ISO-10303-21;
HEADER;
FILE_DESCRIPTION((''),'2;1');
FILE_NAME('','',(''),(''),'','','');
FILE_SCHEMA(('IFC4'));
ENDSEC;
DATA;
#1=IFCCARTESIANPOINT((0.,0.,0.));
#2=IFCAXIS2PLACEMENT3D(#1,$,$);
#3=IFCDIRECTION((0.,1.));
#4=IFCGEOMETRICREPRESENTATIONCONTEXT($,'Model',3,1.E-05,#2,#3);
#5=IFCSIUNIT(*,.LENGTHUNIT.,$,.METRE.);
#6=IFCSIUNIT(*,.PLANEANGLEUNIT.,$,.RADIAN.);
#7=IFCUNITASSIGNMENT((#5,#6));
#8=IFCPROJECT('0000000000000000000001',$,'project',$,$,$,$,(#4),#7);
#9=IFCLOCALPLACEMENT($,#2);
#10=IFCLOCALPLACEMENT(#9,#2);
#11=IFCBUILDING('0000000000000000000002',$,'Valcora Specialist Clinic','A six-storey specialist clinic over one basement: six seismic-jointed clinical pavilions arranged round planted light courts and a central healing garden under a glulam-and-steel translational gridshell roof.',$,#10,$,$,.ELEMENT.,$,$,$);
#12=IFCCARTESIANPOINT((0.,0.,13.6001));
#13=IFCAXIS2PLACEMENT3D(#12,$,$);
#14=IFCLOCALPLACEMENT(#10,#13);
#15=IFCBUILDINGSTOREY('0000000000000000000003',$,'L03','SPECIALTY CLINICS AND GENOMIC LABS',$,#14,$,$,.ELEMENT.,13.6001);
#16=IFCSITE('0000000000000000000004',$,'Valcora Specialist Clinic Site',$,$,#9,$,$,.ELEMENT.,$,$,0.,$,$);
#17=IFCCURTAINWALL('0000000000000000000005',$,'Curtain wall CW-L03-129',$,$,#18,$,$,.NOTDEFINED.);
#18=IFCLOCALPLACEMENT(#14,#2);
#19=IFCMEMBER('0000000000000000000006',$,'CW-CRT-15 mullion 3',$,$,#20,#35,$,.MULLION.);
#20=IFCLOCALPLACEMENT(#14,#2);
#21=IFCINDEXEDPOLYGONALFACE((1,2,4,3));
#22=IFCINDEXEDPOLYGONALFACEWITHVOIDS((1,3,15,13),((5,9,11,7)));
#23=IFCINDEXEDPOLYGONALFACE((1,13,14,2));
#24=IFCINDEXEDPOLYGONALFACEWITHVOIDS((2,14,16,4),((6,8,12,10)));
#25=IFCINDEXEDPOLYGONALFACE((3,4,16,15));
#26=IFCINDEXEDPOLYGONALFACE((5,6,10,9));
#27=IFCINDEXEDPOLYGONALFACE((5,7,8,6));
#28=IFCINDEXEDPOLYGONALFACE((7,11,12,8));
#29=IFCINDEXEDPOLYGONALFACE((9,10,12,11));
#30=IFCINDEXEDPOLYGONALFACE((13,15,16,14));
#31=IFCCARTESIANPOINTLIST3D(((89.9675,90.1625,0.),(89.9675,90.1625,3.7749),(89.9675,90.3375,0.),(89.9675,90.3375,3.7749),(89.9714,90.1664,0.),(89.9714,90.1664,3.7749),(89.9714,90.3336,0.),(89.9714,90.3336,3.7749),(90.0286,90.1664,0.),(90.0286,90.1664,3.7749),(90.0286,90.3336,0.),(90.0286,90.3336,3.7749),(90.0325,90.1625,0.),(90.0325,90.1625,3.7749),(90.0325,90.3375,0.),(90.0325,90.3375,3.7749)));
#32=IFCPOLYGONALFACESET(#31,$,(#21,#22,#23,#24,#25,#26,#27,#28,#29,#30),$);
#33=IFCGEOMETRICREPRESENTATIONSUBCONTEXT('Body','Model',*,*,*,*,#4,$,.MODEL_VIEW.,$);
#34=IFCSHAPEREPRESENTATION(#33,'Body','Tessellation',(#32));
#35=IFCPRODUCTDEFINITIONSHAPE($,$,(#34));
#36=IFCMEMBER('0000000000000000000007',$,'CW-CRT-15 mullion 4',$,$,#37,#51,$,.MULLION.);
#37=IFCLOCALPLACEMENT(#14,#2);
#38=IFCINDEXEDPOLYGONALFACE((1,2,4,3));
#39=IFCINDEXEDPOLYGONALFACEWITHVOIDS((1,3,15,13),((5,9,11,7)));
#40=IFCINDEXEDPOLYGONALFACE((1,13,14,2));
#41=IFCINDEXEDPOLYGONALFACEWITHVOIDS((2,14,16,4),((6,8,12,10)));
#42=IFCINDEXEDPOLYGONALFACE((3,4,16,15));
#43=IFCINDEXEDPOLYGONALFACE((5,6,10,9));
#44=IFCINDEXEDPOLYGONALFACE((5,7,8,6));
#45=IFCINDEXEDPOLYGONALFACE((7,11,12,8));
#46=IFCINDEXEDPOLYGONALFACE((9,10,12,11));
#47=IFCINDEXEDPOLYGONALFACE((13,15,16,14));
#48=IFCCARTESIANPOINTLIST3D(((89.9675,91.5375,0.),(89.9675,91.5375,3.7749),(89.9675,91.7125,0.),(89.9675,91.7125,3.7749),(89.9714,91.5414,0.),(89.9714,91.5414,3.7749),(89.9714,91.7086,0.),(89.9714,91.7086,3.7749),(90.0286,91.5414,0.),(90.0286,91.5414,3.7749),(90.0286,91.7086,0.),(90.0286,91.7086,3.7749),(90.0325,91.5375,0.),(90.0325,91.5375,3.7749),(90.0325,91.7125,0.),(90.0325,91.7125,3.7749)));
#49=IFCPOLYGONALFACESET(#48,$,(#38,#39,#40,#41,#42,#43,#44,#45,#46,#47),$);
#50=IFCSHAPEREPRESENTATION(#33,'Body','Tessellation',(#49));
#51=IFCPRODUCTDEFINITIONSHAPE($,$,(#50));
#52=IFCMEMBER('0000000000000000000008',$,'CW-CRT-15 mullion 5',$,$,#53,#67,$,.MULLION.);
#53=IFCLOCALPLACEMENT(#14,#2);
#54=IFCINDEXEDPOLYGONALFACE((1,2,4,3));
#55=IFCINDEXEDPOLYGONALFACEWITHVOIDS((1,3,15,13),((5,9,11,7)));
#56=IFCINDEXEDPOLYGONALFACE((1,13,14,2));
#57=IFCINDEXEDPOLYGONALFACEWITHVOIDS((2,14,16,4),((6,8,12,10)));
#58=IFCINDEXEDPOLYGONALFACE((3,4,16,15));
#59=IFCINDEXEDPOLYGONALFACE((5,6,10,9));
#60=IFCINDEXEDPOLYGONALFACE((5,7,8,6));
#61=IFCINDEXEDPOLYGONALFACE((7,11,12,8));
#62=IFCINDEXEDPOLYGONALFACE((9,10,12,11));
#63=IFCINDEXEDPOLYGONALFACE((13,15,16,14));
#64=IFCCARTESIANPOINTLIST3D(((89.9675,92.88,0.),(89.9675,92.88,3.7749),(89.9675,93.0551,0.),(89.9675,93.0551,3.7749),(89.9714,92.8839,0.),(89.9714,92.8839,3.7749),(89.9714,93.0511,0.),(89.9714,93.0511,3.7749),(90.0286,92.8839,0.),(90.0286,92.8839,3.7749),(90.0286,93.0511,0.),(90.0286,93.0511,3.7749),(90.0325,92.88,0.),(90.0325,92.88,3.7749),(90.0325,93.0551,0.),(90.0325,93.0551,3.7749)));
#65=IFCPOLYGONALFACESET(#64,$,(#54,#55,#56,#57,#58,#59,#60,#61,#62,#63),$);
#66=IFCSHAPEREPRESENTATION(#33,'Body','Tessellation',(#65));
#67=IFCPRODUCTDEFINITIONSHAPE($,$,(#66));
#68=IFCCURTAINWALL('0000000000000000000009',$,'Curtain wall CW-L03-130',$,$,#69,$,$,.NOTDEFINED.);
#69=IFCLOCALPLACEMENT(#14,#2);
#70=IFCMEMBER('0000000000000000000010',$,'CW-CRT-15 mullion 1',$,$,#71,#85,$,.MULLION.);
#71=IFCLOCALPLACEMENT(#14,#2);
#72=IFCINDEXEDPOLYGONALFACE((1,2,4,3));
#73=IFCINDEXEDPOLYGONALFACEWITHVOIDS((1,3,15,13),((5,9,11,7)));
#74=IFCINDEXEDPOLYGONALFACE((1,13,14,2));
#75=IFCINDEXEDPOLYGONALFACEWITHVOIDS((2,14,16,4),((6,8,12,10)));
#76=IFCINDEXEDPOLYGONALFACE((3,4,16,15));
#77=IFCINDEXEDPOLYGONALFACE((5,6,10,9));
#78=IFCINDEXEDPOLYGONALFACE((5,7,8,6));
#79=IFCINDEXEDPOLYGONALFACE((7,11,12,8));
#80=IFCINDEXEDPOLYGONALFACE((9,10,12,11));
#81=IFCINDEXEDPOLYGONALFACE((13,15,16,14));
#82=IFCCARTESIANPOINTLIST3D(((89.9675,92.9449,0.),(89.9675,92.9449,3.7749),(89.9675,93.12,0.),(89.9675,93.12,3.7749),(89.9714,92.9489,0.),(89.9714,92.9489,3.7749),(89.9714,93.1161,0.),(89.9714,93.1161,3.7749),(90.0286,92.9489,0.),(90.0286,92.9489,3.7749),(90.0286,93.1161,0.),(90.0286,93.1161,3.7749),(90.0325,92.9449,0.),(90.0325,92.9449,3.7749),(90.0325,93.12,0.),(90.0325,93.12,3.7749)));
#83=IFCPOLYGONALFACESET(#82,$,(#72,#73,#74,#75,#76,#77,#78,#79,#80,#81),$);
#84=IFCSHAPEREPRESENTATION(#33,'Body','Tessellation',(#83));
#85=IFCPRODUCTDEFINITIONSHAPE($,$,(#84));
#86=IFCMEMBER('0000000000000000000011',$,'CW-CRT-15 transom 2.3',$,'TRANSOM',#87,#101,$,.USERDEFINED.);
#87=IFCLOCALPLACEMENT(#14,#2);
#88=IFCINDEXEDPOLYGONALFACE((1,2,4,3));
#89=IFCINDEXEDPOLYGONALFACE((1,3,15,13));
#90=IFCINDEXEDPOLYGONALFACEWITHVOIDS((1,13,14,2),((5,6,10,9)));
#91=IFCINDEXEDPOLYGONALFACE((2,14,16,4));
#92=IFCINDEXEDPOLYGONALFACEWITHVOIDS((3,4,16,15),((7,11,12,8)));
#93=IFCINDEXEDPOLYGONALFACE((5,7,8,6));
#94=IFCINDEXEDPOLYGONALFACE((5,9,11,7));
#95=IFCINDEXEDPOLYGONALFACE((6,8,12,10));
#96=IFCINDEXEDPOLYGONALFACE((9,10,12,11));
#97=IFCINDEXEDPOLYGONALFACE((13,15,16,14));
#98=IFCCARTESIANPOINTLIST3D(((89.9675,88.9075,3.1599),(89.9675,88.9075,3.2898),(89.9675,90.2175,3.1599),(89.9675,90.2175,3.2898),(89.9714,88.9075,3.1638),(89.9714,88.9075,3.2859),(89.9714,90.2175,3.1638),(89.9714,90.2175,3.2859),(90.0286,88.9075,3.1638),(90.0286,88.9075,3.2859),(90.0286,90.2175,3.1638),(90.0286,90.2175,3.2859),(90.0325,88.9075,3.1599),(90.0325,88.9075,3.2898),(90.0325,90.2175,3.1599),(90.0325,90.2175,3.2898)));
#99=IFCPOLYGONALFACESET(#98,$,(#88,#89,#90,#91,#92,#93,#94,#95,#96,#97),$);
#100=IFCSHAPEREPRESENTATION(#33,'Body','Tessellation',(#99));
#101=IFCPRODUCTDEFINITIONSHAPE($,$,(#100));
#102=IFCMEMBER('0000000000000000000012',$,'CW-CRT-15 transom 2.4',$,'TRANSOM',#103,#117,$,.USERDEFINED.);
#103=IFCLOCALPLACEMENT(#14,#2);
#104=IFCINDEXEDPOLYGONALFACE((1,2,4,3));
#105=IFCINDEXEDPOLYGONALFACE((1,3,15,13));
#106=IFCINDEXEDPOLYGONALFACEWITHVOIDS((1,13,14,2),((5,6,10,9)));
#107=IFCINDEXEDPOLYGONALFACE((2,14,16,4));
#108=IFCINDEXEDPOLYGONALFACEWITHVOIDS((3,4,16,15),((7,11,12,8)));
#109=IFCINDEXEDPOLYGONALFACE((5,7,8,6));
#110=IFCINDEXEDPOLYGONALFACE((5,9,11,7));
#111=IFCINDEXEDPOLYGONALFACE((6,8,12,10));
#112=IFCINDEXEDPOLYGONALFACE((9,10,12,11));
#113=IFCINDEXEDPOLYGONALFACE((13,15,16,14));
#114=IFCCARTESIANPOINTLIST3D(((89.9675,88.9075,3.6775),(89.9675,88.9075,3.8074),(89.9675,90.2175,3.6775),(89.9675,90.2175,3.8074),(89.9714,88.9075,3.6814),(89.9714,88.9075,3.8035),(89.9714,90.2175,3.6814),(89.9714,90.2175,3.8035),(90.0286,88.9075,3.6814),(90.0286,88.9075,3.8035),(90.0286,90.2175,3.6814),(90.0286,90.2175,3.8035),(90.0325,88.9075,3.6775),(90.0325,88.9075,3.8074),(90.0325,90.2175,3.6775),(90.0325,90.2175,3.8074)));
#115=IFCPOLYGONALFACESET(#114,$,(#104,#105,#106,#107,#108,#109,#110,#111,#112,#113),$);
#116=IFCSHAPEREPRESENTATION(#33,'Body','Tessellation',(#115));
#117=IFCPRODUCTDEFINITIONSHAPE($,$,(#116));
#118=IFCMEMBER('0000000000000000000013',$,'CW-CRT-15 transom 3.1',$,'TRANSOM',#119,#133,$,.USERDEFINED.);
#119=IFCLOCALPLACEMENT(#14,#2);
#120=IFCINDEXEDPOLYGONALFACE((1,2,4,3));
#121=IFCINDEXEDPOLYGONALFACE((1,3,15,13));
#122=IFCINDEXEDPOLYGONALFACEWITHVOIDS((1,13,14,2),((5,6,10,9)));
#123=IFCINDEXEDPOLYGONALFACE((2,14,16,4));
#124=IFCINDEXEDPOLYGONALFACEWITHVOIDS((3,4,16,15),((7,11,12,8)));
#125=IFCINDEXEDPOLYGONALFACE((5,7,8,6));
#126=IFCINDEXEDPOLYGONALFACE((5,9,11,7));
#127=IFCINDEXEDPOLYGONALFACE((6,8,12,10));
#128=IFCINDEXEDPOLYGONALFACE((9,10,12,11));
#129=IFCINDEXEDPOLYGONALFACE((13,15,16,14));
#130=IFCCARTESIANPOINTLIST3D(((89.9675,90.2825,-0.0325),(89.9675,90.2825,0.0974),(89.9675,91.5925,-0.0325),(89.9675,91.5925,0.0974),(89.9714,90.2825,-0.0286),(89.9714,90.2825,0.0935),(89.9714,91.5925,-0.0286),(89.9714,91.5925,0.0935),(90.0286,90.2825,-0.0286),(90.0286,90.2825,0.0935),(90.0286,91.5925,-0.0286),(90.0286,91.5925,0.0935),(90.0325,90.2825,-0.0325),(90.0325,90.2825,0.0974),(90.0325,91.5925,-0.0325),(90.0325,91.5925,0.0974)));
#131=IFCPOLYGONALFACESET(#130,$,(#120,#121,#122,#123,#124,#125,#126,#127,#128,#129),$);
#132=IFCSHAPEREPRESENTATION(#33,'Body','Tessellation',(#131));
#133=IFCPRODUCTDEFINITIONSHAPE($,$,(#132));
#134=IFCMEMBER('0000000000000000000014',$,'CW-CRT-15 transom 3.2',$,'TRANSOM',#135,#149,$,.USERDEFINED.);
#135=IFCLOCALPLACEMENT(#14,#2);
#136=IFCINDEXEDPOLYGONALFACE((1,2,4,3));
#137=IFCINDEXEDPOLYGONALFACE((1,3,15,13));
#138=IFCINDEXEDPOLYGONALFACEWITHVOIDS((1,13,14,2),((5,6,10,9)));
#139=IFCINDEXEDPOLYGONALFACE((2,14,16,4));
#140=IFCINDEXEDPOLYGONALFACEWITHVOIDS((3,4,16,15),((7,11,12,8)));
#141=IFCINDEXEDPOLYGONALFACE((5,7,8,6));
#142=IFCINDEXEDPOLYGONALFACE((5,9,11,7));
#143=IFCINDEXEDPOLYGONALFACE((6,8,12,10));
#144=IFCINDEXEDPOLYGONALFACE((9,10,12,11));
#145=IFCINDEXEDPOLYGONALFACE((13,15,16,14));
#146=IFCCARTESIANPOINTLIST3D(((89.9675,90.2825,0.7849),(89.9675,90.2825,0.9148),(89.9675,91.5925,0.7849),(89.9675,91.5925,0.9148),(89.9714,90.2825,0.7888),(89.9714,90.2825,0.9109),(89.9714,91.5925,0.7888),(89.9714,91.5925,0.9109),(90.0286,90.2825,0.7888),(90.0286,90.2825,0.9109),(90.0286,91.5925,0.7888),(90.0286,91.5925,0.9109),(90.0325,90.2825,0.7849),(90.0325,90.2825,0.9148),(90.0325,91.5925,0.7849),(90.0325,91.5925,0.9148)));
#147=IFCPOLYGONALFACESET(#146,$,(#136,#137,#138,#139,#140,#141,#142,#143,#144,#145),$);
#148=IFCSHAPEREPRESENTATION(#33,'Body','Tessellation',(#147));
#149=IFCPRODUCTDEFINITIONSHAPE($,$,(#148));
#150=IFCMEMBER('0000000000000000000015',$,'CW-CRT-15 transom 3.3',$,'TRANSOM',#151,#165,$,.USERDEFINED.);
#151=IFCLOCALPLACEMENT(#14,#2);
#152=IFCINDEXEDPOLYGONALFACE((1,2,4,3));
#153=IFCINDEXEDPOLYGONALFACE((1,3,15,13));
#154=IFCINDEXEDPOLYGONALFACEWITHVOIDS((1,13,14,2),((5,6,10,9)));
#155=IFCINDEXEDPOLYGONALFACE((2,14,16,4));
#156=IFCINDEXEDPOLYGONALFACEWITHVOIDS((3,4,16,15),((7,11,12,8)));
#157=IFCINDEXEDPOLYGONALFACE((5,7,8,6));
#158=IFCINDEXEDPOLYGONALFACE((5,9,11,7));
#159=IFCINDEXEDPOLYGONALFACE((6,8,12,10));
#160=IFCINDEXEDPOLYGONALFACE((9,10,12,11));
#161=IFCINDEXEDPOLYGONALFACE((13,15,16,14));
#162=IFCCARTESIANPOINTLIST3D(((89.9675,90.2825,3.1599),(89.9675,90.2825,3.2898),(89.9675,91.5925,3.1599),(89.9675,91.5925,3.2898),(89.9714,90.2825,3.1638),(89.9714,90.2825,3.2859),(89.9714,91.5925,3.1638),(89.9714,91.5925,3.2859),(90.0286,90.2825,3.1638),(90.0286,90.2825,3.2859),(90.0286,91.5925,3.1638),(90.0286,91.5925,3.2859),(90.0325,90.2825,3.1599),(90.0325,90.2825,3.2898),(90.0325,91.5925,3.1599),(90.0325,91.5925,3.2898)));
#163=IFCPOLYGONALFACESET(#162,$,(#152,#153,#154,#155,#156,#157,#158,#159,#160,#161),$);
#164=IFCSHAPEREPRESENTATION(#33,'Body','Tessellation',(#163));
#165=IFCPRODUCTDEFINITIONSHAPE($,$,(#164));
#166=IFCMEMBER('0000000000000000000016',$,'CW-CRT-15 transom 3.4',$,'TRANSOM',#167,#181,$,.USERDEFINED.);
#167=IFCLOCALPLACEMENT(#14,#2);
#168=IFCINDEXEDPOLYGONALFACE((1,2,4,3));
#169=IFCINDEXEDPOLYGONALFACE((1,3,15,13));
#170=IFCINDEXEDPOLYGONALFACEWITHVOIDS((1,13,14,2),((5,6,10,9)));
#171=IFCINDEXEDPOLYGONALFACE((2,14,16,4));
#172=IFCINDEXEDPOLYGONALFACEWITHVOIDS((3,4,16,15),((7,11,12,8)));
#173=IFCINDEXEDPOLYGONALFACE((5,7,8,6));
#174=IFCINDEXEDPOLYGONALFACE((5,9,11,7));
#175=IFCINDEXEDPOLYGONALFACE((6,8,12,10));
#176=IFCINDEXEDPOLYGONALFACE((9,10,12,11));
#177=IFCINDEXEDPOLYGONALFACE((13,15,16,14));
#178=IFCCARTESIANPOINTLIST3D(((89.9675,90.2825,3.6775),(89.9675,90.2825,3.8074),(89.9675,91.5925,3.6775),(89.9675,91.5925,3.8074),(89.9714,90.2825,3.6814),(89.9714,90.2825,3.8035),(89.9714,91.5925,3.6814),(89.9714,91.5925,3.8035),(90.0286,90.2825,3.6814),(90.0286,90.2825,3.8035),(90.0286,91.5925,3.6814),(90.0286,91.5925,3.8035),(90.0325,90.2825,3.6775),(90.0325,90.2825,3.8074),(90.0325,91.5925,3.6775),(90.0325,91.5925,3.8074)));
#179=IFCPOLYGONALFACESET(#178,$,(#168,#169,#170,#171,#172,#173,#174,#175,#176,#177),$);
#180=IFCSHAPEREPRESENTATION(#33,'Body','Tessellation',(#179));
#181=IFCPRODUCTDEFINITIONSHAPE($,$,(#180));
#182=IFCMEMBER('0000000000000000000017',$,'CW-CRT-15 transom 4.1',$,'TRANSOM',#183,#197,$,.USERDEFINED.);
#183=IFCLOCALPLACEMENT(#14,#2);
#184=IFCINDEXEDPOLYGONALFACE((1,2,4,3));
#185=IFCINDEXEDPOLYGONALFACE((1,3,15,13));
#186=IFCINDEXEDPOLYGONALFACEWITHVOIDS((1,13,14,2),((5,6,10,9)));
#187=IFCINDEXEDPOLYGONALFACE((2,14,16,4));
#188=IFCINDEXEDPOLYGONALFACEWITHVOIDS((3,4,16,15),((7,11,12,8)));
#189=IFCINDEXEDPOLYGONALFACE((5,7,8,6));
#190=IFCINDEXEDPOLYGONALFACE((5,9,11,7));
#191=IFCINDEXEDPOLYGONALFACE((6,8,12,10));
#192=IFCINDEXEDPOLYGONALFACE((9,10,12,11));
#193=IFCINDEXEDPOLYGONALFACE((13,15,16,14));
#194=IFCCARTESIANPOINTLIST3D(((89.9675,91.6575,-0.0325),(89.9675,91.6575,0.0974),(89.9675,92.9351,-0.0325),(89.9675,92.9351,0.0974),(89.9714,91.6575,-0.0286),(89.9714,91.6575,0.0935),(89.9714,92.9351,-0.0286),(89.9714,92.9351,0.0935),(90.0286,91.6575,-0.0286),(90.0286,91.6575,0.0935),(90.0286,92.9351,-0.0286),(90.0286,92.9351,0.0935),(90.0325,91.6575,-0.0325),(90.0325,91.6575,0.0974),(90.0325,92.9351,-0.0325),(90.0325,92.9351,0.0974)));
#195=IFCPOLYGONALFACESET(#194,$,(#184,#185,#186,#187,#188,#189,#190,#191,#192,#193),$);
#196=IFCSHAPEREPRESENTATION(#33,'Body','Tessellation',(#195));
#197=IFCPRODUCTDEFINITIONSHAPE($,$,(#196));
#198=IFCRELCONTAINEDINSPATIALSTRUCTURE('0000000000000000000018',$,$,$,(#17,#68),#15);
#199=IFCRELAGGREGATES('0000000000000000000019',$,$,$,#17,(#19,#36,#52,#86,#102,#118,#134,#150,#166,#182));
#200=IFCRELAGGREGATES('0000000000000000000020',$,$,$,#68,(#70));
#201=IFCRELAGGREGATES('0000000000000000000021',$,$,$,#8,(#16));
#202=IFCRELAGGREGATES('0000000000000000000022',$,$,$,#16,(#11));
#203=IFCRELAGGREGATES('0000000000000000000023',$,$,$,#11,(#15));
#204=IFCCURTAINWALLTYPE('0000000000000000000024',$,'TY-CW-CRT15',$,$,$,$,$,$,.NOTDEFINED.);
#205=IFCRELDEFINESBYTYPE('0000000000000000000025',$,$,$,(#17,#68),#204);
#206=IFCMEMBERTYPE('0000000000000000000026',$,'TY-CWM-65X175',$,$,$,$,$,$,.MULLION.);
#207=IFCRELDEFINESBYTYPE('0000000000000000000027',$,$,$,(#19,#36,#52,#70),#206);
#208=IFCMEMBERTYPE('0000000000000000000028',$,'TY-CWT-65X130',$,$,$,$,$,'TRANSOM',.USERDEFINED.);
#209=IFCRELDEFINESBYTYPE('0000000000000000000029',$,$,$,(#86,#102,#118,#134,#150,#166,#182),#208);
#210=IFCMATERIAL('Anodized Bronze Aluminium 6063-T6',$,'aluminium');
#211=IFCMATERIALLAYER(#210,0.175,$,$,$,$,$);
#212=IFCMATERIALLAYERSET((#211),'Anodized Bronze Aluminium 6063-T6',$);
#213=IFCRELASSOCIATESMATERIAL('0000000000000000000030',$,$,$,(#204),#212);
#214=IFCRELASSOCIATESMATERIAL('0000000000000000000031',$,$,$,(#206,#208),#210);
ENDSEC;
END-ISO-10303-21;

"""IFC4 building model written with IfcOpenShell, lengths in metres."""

from ifc_helpers import new_model, si_unit, direction, frame, origin, origin_2d, place, context, subcontext, project, spatial, hollow_rectangle, extrude, material, layer, layer_set, material_profile, profile_set, type_object, element, aggregate, save


model = new_model("IFC4")

# Units and contexts
model_context = context("Model", 3, precision=1e-05, world=origin(), true_north=direction((0.0, 1.0)))
body_context = subcontext(model_context, "Body", "Model", "MODEL_VIEW")
ifc_project = project(units=[si_unit("LENGTHUNIT", "METRE"), si_unit("PLANEANGLEUNIT", "RADIAN")], contexts=[model_context])

# Site, building, storey
site_placement = place(None, origin())
site = spatial("IfcSite", under=ifc_project, at=site_placement, Name="Valcora Specialist Clinic Site", CompositionType="ELEMENT", RefElevation=0.0)
building_placement = place(site_placement, origin())
building = spatial("IfcBuilding", under=site, at=building_placement, Name="Valcora Specialist Clinic", Description="A six-storey specialist clinic over one basement: six seismic-jointed clinical pavilions arranged round planted light courts and a central healing garden under a glulam-and-steel translational gridshell roof.", CompositionType="ELEMENT")
storey_placement = place(building_placement, frame((0.0, 0.0, 13.6001)))
storey = spatial("IfcBuildingStorey", under=building, at=storey_placement, Name="L03", Description="SPECIALTY CLINICS AND GENOMIC LABS", CompositionType="ELEMENT", Elevation=13.6001)

# Curtain wall, members
ifc_material_1 = material(Name="Anodized Bronze Aluminium 6063-T6", Category="aluminium")
ifc_layer_1 = layer(ifc_material_1, 0.175)
ifc_layer_set_1 = layer_set([ifc_layer_1], Name="Anodized Bronze Aluminium 6063-T6")
curtain_wall_type = type_object("IfcCurtainWallType", Name="TY-CW-CRT15", PredefinedType="NOTDEFINED", material=ifc_layer_set_1)
curtain_wall_1_placement = place(storey_placement, origin())
curtain_wall_1 = element("IfcCurtainWall", 1, at=curtain_wall_1_placement, inside=storey, type_object=curtain_wall_type, Name="Curtain wall CW-L03-129", PredefinedType="NOTDEFINED")
ifc_material_profile_1 = material_profile(ifc_material_1, hollow_rectangle(XDim=0.0649, YDim=0.175, WallThickness=0.0039, at=origin_2d()), Name="AL-MUL-65X175")
ifc_profile_set_1 = profile_set([ifc_material_profile_1], Name="Anodized Bronze Aluminium 6063-T6")
member_type_1 = type_object("IfcMemberType", Name="TY-CWM-65X175", PredefinedType="MULLION", material=ifc_profile_set_1)
member_1_placement = place(storey_placement, frame((90.0, 90.25, 0.0), z_axis=(0.0, 0.0, 1.0), x_axis=(-1.0, 0.0, 0.0)))
member_1 = element("IfcMember", 2, at=member_1_placement, type_object=member_type_1, Name="CW-CRT-15 mullion 3", PredefinedType="MULLION", context=body_context, shape_type="SweptSolid", body=[
    extrude(hollow_rectangle(XDim=0.0649, YDim=0.175, WallThickness=0.0039, at=origin_2d()), origin(), (0.0, 0.0, 1.0), 3.7749),
])
member_2_placement = place(storey_placement, frame((90.0, 91.625, 0.0), z_axis=(0.0, 0.0, 1.0), x_axis=(-1.0, 0.0, 0.0)))
member_2 = element("IfcMember", 3, at=member_2_placement, type_object=member_type_1, Name="CW-CRT-15 mullion 4", PredefinedType="MULLION", context=body_context, shape_type="SweptSolid", body=[
    extrude(hollow_rectangle(XDim=0.0649, YDim=0.175, WallThickness=0.0039, at=origin_2d()), origin(), (0.0, 0.0, 1.0), 3.7749),
])
member_3_placement = place(storey_placement, frame((90.0, 92.9675, 0.0), z_axis=(0.0, 0.0, 1.0), x_axis=(-1.0, 0.0, 0.0)))
member_3 = element("IfcMember", 4, at=member_3_placement, type_object=member_type_1, Name="CW-CRT-15 mullion 5", PredefinedType="MULLION", context=body_context, shape_type="SweptSolid", body=[
    extrude(hollow_rectangle(XDim=0.0649, YDim=0.175, WallThickness=0.0039, at=origin_2d()), origin(), (0.0, 0.0, 1.0), 3.7749),
])

# Curtain wall, member
curtain_wall_2_placement = place(storey_placement, origin())
curtain_wall_2 = element("IfcCurtainWall", 5, at=curtain_wall_2_placement, inside=storey, type_object=curtain_wall_type, Name="Curtain wall CW-L03-130", PredefinedType="NOTDEFINED")
member_4_placement = place(storey_placement, frame((90.0, 93.0325, 0.0), z_axis=(0.0, 0.0, 1.0), x_axis=(-1.0, 0.0, 0.0)))
member_4 = element("IfcMember", 6, at=member_4_placement, type_object=member_type_1, Name="CW-CRT-15 mullion 1", PredefinedType="MULLION", context=body_context, shape_type="SweptSolid", body=[
    extrude(hollow_rectangle(XDim=0.0649, YDim=0.175, WallThickness=0.0039, at=origin_2d()), origin(), (0.0, 0.0, 1.0), 3.7749),
])

# Members
ifc_material_profile_2 = material_profile(ifc_material_1, hollow_rectangle(XDim=0.0649, YDim=0.1299, WallThickness=0.0039, at=origin_2d()), Name="AL-TRN-65X130")
ifc_profile_set_2 = profile_set([ifc_material_profile_2], Name="Anodized Bronze Aluminium 6063-T6")
member_type_2 = type_object("IfcMemberType", Name="TY-CWT-65X130", ElementType="TRANSOM", PredefinedType="USERDEFINED", material=ifc_profile_set_2)
member_5_placement = place(storey_placement, frame((90.0, 88.9075, 3.2249), z_axis=(0.0, 1.0, 0.0), x_axis=(-1.0, 0.0, 0.0)))
member_5 = element("IfcMember", 7, at=member_5_placement, type_object=member_type_2, Name="CW-CRT-15 transom 2.3", ObjectType="TRANSOM", PredefinedType="USERDEFINED", context=body_context, shape_type="SweptSolid", body=[
    extrude(hollow_rectangle(XDim=0.0649, YDim=0.1299, WallThickness=0.0039, at=origin_2d()), origin(), (0.0, 0.0, 1.0), 1.3101),
])
member_6_placement = place(storey_placement, frame((90.0, 88.9075, 3.7424), z_axis=(0.0, 1.0, 0.0), x_axis=(-1.0, 0.0, 0.0)))
member_6 = element("IfcMember", 8, at=member_6_placement, type_object=member_type_2, Name="CW-CRT-15 transom 2.4", ObjectType="TRANSOM", PredefinedType="USERDEFINED", context=body_context, shape_type="SweptSolid", body=[
    extrude(hollow_rectangle(XDim=0.0649, YDim=0.1299, WallThickness=0.0039, at=origin_2d()), origin(), (0.0, 0.0, 1.0), 1.3101),
])
member_7_placement = place(storey_placement, frame((90.0, 90.2825, 0.0325), z_axis=(0.0, 1.0, 0.0), x_axis=(-1.0, 0.0, 0.0)))
member_7 = element("IfcMember", 9, at=member_7_placement, type_object=member_type_2, Name="CW-CRT-15 transom 3.1", ObjectType="TRANSOM", PredefinedType="USERDEFINED", context=body_context, shape_type="SweptSolid", body=[
    extrude(hollow_rectangle(XDim=0.0649, YDim=0.1299, WallThickness=0.0039, at=origin_2d()), origin(), (0.0, 0.0, 1.0), 1.3101),
])
member_8_placement = place(storey_placement, frame((90.0, 90.2825, 0.8499), z_axis=(0.0, 1.0, 0.0), x_axis=(-1.0, 0.0, 0.0)))
member_8 = element("IfcMember", 10, at=member_8_placement, type_object=member_type_2, Name="CW-CRT-15 transom 3.2", ObjectType="TRANSOM", PredefinedType="USERDEFINED", context=body_context, shape_type="SweptSolid", body=[
    extrude(hollow_rectangle(XDim=0.0649, YDim=0.1299, WallThickness=0.0039, at=origin_2d()), origin(), (0.0, 0.0, 1.0), 1.3101),
])
member_9_placement = place(storey_placement, frame((90.0, 90.2825, 3.2249), z_axis=(0.0, 1.0, 0.0), x_axis=(-1.0, 0.0, 0.0)))
member_9 = element("IfcMember", 11, at=member_9_placement, type_object=member_type_2, Name="CW-CRT-15 transom 3.3", ObjectType="TRANSOM", PredefinedType="USERDEFINED", context=body_context, shape_type="SweptSolid", body=[
    extrude(hollow_rectangle(XDim=0.0649, YDim=0.1299, WallThickness=0.0039, at=origin_2d()), origin(), (0.0, 0.0, 1.0), 1.3101),
])
member_10_placement = place(storey_placement, frame((90.0, 90.2825, 3.7424), z_axis=(0.0, 1.0, 0.0), x_axis=(-1.0, 0.0, 0.0)))
member_10 = element("IfcMember", 12, at=member_10_placement, type_object=member_type_2, Name="CW-CRT-15 transom 3.4", ObjectType="TRANSOM", PredefinedType="USERDEFINED", context=body_context, shape_type="SweptSolid", body=[
    extrude(hollow_rectangle(XDim=0.0649, YDim=0.1299, WallThickness=0.0039, at=origin_2d()), origin(), (0.0, 0.0, 1.0), 1.3101),
])
member_11_placement = place(storey_placement, frame((90.0, 91.6575, 0.0325), z_axis=(0.0, 1.0, 0.0), x_axis=(-1.0, 0.0, 0.0)))
member_11 = element("IfcMember", 13, at=member_11_placement, type_object=member_type_2, Name="CW-CRT-15 transom 4.1", ObjectType="TRANSOM", PredefinedType="USERDEFINED", context=body_context, shape_type="SweptSolid", body=[
    extrude(hollow_rectangle(XDim=0.0649, YDim=0.1299, WallThickness=0.0039, at=origin_2d()), origin(), (0.0, 0.0, 1.0), 1.2776),
])

aggregate(curtain_wall_1, [member_1, member_2, member_3, member_5, member_6, member_7, member_8, member_9, member_10, member_11])
aggregate(curtain_wall_2, [member_4])

save(model, "model.ifc")
